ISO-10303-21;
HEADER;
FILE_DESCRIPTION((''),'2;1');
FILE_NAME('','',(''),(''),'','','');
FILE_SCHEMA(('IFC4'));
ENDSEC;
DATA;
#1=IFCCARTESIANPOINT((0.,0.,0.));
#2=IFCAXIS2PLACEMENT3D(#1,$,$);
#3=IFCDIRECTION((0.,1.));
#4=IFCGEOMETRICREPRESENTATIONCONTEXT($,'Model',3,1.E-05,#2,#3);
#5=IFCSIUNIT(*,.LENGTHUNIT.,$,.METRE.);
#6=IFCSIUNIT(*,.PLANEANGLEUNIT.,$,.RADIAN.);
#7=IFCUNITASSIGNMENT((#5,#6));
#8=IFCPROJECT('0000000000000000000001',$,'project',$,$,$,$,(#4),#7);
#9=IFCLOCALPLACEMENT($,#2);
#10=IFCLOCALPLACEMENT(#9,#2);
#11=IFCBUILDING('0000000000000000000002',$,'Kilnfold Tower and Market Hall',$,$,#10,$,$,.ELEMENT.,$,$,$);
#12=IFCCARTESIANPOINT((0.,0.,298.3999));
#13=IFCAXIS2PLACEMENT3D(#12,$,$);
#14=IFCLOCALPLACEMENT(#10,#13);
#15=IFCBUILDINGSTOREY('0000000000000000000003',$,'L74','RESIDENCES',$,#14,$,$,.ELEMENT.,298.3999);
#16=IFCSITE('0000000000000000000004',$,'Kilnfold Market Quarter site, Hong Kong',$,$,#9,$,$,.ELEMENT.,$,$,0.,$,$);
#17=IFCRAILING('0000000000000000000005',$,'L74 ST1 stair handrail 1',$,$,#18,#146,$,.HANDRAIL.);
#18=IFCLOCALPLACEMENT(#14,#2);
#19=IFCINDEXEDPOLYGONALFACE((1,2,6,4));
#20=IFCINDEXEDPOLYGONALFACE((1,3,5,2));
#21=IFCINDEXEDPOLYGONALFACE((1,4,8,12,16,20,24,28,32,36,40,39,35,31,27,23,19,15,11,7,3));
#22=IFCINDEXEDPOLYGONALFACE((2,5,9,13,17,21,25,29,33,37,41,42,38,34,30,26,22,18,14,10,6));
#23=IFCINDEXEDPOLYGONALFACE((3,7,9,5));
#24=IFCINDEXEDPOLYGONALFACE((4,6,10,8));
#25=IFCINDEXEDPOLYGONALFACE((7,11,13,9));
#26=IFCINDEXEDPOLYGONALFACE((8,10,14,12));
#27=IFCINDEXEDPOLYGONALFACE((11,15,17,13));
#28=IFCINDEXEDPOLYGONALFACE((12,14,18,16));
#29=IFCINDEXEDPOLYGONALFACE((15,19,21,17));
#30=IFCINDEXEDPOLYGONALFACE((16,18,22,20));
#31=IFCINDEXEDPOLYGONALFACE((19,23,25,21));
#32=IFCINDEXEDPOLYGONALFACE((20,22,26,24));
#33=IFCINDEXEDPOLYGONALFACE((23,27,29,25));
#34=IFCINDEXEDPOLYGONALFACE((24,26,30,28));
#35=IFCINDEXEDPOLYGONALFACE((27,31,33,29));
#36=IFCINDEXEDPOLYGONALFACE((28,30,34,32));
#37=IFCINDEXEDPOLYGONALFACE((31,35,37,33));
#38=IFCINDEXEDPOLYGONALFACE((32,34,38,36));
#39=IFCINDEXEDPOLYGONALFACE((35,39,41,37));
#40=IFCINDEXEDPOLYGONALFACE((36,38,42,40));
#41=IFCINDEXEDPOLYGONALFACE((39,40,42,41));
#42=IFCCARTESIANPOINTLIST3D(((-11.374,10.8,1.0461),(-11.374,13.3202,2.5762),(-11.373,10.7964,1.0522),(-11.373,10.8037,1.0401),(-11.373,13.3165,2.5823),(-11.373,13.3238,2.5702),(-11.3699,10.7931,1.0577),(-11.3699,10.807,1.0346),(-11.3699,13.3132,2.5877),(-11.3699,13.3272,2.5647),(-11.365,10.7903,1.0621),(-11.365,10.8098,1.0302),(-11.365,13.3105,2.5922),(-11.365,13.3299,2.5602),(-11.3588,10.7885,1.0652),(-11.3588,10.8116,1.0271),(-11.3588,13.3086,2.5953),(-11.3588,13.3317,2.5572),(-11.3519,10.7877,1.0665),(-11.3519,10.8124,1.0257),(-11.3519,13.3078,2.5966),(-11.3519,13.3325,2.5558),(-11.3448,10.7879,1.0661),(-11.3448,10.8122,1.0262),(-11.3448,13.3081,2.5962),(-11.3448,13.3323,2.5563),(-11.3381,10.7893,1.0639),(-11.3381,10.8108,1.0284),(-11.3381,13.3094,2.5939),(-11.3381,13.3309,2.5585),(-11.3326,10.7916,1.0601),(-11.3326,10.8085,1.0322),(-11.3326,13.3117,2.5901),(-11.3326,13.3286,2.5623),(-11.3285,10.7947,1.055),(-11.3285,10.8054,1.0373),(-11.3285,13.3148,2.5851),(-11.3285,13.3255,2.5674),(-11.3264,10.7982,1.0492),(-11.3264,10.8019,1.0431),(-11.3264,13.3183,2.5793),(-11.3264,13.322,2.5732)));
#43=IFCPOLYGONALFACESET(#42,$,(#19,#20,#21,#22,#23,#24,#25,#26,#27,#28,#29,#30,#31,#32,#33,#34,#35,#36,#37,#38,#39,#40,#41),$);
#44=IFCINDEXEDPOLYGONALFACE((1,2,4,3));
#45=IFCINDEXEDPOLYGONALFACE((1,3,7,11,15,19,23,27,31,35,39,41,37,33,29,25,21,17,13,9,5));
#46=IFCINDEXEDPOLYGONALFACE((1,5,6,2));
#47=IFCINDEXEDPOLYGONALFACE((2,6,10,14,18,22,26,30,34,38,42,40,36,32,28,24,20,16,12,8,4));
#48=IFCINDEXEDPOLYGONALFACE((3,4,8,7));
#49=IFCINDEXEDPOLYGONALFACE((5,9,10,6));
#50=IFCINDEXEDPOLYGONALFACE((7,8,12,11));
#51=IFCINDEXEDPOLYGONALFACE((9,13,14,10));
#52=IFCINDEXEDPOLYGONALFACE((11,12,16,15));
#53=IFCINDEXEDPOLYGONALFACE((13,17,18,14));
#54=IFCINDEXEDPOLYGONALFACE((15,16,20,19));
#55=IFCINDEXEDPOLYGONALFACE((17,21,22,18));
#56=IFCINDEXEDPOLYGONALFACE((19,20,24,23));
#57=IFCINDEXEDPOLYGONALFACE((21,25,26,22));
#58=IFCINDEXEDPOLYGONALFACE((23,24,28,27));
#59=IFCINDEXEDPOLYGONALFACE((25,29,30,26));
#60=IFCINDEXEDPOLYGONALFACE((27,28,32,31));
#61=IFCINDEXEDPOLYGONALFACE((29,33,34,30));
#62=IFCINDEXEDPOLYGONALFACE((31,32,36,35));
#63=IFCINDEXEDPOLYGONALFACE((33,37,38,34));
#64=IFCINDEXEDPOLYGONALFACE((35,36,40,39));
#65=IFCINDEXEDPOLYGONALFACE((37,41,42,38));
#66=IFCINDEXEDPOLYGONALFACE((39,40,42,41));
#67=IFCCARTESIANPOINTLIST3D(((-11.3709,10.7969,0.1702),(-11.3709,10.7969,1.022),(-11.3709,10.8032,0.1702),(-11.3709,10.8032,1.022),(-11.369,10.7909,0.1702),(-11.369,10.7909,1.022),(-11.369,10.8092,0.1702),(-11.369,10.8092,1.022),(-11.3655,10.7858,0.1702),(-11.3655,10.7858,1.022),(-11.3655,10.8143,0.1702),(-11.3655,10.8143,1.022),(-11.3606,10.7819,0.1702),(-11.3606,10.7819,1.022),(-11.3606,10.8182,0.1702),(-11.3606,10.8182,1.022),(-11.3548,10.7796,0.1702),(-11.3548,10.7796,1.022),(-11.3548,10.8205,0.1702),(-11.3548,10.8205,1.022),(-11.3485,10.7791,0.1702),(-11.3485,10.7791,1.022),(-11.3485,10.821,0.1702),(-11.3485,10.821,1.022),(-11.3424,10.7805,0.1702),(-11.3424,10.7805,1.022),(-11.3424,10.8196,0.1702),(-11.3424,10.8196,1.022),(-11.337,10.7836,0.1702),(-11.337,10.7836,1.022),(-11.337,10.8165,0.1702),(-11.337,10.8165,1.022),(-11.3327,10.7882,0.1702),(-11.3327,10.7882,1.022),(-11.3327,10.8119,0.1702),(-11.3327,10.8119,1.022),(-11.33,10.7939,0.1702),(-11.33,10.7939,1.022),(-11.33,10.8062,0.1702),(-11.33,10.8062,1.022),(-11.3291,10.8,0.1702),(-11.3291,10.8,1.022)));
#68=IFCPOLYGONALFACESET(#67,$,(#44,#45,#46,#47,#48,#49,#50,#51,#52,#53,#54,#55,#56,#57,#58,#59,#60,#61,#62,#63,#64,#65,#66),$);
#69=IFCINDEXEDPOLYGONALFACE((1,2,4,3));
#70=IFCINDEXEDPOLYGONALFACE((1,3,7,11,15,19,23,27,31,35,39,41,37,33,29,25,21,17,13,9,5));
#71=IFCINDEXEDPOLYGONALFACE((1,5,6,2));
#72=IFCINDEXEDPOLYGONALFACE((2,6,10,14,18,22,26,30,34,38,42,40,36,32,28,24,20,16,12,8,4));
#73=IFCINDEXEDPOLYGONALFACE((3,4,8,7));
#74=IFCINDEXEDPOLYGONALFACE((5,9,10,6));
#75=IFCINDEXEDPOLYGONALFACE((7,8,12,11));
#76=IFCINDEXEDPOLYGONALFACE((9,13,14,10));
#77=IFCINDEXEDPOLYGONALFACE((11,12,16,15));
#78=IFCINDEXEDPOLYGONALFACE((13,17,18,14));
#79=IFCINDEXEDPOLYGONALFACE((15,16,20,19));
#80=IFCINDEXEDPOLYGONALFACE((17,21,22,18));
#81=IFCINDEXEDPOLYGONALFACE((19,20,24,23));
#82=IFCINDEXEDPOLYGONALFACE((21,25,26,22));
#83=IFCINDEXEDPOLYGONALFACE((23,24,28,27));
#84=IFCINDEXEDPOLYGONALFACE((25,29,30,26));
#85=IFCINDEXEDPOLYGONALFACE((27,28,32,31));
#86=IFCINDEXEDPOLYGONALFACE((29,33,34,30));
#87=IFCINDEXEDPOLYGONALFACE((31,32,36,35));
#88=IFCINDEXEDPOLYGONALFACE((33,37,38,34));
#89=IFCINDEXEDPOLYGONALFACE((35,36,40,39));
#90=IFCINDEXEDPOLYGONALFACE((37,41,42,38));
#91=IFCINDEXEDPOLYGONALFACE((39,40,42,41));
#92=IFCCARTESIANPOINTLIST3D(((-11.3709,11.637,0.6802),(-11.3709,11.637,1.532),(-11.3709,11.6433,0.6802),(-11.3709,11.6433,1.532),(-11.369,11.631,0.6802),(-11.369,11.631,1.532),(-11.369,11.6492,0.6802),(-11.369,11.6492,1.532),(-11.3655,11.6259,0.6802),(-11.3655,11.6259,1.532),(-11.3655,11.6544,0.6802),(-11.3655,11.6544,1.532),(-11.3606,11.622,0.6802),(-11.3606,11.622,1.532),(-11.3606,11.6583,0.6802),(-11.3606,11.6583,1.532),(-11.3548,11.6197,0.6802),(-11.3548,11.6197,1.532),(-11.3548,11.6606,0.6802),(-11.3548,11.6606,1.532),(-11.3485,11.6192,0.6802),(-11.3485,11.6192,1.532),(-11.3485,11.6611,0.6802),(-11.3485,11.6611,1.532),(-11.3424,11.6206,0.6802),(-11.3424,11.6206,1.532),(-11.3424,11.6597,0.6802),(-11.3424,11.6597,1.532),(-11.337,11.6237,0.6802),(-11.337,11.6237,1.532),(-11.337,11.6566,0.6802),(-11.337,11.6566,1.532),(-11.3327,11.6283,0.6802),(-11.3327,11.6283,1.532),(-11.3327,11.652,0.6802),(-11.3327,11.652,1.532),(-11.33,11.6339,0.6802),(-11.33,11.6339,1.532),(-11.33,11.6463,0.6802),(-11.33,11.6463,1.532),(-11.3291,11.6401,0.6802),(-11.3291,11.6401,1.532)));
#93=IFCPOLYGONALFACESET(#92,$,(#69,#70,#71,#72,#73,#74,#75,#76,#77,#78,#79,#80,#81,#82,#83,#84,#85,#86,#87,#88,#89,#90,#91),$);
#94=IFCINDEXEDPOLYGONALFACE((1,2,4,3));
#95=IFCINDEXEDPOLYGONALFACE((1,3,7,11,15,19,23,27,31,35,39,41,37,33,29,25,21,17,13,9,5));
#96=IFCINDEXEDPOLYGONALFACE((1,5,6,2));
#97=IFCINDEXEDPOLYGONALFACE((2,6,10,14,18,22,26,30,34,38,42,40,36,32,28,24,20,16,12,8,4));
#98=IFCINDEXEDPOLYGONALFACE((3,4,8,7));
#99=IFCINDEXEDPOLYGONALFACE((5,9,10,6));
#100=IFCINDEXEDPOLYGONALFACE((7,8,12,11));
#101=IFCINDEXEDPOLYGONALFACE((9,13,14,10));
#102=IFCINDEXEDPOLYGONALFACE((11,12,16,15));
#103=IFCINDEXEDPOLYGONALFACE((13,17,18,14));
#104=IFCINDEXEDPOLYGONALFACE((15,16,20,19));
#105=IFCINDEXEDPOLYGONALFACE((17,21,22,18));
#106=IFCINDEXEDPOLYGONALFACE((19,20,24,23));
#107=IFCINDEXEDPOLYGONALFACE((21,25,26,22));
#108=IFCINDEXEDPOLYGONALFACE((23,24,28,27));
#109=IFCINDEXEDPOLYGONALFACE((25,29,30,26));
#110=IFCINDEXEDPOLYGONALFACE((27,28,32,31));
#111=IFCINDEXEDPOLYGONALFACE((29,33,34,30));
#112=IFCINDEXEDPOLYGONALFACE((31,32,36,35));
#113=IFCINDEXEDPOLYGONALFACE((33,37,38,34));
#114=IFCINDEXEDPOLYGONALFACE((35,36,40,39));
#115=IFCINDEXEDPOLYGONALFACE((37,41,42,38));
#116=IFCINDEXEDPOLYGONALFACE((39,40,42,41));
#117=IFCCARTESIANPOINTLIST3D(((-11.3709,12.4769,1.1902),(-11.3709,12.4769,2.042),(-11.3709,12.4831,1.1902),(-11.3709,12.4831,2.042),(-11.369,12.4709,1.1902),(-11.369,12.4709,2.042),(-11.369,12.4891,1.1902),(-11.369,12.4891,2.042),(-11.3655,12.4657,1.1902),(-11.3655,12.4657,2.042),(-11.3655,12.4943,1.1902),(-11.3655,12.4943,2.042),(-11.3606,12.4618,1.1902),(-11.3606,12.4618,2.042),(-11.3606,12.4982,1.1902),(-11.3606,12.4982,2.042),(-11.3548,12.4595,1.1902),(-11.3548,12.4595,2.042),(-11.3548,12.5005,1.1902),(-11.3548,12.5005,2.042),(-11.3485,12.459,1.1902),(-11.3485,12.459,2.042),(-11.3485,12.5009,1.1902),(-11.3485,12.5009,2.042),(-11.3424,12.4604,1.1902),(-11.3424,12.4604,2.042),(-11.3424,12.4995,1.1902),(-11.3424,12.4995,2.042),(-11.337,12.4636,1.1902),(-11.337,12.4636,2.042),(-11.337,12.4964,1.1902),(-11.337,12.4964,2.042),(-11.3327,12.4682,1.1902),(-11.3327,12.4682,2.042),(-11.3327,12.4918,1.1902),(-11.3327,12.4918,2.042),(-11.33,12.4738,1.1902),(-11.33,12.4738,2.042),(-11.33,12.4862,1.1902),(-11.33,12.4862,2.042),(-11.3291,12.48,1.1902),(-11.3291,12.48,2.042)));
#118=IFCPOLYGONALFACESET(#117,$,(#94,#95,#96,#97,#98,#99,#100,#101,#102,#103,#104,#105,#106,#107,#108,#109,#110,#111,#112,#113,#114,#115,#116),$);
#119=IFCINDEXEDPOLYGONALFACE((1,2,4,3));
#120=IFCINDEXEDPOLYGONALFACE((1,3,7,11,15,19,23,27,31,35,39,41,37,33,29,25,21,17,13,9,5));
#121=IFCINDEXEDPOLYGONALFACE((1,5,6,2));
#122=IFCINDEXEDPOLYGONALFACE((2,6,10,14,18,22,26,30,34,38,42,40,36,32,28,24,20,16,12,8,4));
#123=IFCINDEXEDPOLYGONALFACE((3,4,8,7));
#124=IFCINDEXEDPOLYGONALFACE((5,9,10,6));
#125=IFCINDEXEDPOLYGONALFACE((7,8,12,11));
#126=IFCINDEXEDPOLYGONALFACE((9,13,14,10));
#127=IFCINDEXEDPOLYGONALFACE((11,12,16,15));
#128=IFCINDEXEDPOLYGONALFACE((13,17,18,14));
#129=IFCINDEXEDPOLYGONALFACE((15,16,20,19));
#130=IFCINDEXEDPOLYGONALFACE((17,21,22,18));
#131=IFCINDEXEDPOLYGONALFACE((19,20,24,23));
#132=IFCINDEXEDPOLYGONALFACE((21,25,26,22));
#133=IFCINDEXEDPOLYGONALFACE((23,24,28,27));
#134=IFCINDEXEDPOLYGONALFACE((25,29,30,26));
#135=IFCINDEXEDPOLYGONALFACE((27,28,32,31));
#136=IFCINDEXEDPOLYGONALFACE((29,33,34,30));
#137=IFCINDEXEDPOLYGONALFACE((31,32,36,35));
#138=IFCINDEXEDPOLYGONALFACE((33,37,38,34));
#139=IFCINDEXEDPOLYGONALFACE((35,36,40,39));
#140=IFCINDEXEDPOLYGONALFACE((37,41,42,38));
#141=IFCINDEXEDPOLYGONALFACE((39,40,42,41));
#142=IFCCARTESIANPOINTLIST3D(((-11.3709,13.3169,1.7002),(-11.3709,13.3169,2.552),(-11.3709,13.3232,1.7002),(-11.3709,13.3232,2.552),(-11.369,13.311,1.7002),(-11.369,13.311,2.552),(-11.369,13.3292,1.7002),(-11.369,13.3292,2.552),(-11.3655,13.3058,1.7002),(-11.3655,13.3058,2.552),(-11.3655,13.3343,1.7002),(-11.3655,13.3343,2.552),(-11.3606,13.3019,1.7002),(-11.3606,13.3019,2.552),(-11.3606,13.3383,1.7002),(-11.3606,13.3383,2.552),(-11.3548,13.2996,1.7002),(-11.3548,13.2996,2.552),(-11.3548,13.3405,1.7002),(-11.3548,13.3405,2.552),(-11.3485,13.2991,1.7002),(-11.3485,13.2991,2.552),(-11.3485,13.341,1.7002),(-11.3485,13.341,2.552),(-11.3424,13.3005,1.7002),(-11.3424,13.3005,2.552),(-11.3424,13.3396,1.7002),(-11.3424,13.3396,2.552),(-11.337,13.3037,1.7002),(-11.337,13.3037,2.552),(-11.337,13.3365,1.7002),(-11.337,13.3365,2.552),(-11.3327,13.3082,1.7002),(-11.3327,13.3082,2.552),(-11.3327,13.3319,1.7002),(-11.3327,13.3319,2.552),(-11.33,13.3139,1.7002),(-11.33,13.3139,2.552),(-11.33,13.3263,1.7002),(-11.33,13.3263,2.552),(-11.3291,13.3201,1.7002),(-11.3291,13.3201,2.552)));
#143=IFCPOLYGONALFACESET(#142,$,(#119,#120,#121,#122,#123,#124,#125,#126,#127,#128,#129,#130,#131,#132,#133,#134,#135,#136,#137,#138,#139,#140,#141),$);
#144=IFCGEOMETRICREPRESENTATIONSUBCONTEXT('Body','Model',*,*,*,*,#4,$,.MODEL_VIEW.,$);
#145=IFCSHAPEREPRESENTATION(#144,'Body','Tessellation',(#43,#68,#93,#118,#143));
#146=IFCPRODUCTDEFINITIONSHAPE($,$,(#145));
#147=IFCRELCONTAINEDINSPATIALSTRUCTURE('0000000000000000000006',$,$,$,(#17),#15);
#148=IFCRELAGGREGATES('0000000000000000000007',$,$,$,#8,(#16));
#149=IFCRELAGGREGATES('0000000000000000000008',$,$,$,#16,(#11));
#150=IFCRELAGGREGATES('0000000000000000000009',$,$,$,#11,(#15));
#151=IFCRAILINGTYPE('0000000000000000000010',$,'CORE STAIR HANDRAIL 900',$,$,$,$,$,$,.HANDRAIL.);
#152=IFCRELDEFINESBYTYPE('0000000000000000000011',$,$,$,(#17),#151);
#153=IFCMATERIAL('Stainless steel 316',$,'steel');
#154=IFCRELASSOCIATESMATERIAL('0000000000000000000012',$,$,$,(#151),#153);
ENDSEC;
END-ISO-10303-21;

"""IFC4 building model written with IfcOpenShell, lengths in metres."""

from ifc_helpers import new_model, si_unit, direction, frame, origin, origin_2d, place, context, subcontext, project, spatial, circle, extrude, material, type_object, element, save


model = new_model("IFC4")

# Units and contexts
model_context = context("Model", 3, precision=1e-05, world=origin(), true_north=direction((0.0, 1.0)))
body_context = subcontext(model_context, "Body", "Model", "MODEL_VIEW")
ifc_project = project(units=[si_unit("LENGTHUNIT", "METRE"), si_unit("PLANEANGLEUNIT", "RADIAN")], contexts=[model_context])

# Site, building, storey
site_placement = place(None, origin())
site = spatial("IfcSite", under=ifc_project, at=site_placement, Name="Kilnfold Market Quarter site, Hong Kong", CompositionType="ELEMENT", RefElevation=0.0)
building_placement = place(site_placement, origin())
building = spatial("IfcBuilding", under=site, at=building_placement, Name="Kilnfold Tower and Market Hall", CompositionType="ELEMENT")
storey_placement = place(building_placement, frame((0.0, 0.0, 298.3999)))
storey = spatial("IfcBuildingStorey", under=building, at=storey_placement, Name="L74", Description="RESIDENCES", CompositionType="ELEMENT", Elevation=298.3999)

# Railing
ifc_material_1 = material(Name="Stainless steel 316", Category="steel")
railing_type_1 = type_object("IfcRailingType", Name="CORE STAIR HANDRAIL 900", PredefinedType="HANDRAIL", material=ifc_material_1)
railing_1_placement = place(storey_placement, frame((-11.3501, 10.8, 0.1702)))
element("IfcRailing", 1, at=railing_1_placement, inside=storey, type_object=railing_type_1, Name="L74 ST1 stair handrail 1", PredefinedType="HANDRAIL", context=body_context, shape_type="SweptSolid", body=[
    extrude(circle(Radius=0.0239, at=origin_2d()), frame((0.0, 0.0, 0.876), z_axis=(0.0, 0.854785, 0.518982), x_axis=(-1.0, 0.0, 0.0)), (0.0, 0.0, 1.0), 2.9482),
    extrude(circle(Radius=0.021, at=origin_2d()), origin(), (0.0, 0.0, 1.0), 0.8518),
    extrude(circle(Radius=0.021, at=origin_2d()), frame((0.0, 0.8401, 0.51)), (0.0, 0.0, 1.0), 0.8518),
    extrude(circle(Radius=0.021, at=origin_2d()), frame((0.0, 1.6799, 1.02)), (0.0, 0.0, 1.0), 0.8518),
    extrude(circle(Radius=0.021, at=origin_2d()), frame((0.0, 2.52, 1.53)), (0.0, 0.0, 1.0), 0.8518),
])

save(model, "model.ifc")
